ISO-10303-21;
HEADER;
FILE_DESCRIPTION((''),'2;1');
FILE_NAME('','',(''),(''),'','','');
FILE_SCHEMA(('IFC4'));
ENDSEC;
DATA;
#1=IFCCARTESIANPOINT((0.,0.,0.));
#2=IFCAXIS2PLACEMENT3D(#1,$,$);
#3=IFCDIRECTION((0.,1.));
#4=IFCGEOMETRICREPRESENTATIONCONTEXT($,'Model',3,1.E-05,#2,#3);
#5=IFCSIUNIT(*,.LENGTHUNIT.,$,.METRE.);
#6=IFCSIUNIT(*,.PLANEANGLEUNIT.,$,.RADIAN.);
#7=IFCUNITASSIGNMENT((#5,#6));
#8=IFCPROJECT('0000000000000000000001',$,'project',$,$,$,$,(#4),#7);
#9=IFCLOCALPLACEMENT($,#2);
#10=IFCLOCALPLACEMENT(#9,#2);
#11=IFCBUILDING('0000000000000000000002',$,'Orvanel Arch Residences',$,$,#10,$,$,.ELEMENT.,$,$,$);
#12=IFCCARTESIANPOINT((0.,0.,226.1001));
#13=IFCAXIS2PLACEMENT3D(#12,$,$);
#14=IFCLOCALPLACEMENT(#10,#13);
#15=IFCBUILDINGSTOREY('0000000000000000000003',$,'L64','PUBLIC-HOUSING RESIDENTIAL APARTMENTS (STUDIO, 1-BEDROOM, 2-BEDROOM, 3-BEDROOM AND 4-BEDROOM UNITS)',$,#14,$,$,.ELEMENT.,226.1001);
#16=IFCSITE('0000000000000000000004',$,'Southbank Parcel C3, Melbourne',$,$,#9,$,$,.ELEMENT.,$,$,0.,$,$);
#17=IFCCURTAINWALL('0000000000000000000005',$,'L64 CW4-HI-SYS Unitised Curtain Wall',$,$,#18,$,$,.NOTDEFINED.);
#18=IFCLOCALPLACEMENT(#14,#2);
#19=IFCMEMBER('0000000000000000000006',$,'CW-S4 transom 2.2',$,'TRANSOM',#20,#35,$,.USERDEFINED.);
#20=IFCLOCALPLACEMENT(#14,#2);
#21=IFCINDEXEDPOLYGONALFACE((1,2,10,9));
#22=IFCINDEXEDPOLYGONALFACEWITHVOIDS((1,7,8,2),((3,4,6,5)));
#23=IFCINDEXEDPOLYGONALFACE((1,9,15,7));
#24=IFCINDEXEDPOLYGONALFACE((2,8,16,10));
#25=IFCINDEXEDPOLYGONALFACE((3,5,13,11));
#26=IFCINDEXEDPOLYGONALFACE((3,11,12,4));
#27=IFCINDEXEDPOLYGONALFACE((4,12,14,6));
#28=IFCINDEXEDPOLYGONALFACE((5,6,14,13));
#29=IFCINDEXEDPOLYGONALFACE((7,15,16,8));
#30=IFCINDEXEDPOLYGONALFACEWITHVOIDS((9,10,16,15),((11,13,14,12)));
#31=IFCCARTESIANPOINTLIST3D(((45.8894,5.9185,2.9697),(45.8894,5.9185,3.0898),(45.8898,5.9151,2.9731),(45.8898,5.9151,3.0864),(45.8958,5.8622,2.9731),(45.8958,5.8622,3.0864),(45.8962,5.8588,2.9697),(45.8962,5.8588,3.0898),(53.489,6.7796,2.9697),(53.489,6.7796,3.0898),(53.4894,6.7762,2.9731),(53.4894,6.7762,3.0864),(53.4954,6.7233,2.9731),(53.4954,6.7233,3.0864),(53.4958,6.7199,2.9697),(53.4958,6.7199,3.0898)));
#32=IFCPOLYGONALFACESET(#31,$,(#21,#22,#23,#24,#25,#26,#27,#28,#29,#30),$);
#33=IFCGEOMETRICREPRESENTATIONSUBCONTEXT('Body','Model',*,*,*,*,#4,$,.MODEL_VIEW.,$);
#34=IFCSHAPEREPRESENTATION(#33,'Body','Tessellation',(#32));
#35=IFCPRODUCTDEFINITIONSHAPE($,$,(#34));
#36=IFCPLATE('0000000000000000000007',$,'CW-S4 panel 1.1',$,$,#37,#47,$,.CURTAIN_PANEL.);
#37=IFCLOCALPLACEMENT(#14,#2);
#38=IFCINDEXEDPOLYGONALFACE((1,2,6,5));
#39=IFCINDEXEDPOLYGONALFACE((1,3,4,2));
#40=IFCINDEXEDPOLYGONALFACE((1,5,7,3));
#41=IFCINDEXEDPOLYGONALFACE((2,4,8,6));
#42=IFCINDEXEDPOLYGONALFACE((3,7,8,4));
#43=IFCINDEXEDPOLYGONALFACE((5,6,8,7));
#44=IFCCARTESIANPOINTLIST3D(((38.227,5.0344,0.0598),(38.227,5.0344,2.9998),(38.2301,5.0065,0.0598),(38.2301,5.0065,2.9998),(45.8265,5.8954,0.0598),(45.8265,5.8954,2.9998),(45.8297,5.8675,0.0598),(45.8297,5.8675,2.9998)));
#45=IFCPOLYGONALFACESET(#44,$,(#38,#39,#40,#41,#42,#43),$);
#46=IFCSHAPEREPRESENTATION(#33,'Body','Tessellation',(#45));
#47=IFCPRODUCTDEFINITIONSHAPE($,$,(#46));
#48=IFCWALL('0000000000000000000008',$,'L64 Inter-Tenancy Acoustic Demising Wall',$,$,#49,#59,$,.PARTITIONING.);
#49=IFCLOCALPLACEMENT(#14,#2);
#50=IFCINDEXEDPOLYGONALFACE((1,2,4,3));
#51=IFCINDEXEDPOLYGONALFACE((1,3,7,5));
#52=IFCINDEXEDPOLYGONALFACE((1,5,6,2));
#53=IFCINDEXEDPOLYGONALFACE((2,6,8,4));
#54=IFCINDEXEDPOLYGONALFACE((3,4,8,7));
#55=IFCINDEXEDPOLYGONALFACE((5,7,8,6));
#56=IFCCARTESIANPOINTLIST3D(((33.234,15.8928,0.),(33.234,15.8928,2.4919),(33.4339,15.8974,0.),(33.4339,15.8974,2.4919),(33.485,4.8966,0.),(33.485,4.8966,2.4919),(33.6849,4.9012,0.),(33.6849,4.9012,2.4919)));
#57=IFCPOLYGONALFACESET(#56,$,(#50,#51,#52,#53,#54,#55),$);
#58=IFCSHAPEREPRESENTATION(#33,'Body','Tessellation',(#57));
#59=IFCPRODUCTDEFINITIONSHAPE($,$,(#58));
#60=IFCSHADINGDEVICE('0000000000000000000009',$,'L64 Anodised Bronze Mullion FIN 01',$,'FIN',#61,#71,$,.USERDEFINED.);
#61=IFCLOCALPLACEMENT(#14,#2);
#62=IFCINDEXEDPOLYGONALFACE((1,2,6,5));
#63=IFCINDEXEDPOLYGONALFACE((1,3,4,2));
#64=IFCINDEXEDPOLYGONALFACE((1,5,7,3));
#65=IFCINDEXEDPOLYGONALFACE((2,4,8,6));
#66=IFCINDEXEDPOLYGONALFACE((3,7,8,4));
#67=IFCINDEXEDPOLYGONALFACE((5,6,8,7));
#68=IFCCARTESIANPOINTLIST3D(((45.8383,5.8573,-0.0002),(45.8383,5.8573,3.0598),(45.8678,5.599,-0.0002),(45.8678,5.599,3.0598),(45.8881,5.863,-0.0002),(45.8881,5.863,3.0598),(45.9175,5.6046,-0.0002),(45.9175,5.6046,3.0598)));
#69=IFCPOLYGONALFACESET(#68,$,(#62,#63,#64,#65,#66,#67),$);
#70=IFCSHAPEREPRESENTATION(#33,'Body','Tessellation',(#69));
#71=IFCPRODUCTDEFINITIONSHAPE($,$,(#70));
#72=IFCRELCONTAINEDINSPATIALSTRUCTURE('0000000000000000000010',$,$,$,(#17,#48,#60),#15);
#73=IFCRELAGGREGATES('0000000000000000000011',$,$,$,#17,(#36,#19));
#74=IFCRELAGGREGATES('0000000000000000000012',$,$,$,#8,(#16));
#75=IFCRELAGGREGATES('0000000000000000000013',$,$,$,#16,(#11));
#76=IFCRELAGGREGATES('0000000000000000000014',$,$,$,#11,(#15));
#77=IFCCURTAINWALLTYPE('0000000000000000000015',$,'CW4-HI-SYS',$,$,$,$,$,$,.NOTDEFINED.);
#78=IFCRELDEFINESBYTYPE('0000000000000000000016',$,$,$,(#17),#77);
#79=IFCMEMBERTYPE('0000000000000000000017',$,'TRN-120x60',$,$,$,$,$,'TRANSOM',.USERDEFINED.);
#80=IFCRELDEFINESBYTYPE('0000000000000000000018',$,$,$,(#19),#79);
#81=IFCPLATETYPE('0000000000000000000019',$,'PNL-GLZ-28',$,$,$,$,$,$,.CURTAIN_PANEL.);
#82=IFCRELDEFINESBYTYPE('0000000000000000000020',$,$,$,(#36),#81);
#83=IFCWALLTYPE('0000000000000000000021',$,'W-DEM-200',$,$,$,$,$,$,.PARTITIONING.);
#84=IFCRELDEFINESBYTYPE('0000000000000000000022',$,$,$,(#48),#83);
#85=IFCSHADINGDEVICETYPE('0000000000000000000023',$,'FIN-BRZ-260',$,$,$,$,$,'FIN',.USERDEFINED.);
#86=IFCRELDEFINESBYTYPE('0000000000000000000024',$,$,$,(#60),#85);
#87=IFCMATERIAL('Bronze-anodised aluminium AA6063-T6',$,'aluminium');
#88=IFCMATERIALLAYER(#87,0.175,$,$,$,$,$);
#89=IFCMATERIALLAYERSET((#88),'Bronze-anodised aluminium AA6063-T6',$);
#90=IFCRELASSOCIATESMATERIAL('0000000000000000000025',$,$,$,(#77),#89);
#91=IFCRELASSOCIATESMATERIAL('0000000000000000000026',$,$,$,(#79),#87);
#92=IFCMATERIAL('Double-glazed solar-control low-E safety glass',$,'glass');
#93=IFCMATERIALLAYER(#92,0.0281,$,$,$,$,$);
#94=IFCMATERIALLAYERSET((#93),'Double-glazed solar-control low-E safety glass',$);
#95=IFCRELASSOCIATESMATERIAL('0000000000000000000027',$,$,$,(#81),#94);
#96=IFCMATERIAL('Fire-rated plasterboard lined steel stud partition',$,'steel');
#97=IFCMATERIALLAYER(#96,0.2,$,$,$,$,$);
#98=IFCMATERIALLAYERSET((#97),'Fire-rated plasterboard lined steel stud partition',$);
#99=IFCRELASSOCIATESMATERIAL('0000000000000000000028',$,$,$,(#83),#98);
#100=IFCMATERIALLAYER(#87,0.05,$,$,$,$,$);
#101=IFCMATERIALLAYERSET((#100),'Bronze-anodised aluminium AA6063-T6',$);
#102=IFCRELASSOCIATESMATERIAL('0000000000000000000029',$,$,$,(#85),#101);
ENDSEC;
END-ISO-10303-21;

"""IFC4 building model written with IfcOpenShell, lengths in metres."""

from ifc_helpers import new_model, si_unit, direction, frame, frame_2d, origin, origin_2d, place, context, subcontext, project, spatial, rectangle, hollow_rectangle, extrude, material, layer, layer_set, material_profile, profile_set, type_object, element, aggregate, save


model = new_model("IFC4")

# Units and contexts
model_context = context("Model", 3, precision=1e-05, world=origin(), true_north=direction((0.0, 1.0)))
body_context = subcontext(model_context, "Body", "Model", "MODEL_VIEW")
ifc_project = project(units=[si_unit("LENGTHUNIT", "METRE"), si_unit("PLANEANGLEUNIT", "RADIAN")], contexts=[model_context])

# Site, building, storey
site_placement = place(None, origin())
site = spatial("IfcSite", under=ifc_project, at=site_placement, Name="Southbank Parcel C3, Melbourne", CompositionType="ELEMENT", RefElevation=0.0)
building_placement = place(site_placement, origin())
building = spatial("IfcBuilding", under=site, at=building_placement, Name="Orvanel Arch Residences", CompositionType="ELEMENT")
storey_placement = place(building_placement, frame((0.0, 0.0, 226.1001)))
storey = spatial("IfcBuildingStorey", under=building, at=storey_placement, Name="L64", Description="PUBLIC-HOUSING RESIDENTIAL APARTMENTS (STUDIO, 1-BEDROOM, 2-BEDROOM, 3-BEDROOM AND 4-BEDROOM UNITS)", CompositionType="ELEMENT", Elevation=226.1001)

# Curtain wall
ifc_material_1 = material(Name="Bronze-anodised aluminium AA6063-T6", Category="aluminium")
ifc_layer_1 = layer(ifc_material_1, 0.175)
ifc_layer_set_1 = layer_set([ifc_layer_1], Name="Bronze-anodised aluminium AA6063-T6")
curtain_wall_type = type_object("IfcCurtainWallType", Name="CW4-HI-SYS", PredefinedType="NOTDEFINED", material=ifc_layer_set_1)
curtain_wall_placement = place(storey_placement, origin())
curtain_wall = element("IfcCurtainWall", 1, at=curtain_wall_placement, inside=storey, type_object=curtain_wall_type, Name="L64 CW4-HI-SYS Unitised Curtain Wall", PredefinedType="NOTDEFINED")

# Member
ifc_material_profile_1 = material_profile(ifc_material_1, hollow_rectangle(XDim=0.0601, YDim=0.1201, WallThickness=0.0034, at=origin_2d()), Name="ALU120x60x3.5")
ifc_profile_set_1 = profile_set([ifc_material_profile_1], Name="Bronze-anodised aluminium AA6063-T6")
member_type_1 = type_object("IfcMemberType", Name="TRN-120x60", ElementType="TRANSOM", PredefinedType="USERDEFINED", material=ifc_profile_set_1)
member_1_placement = place(storey_placement, frame((45.8928, 5.8887, 3.0298), z_axis=(0.993642, 0.112586, 0.0), x_axis=(-0.112586, 0.993642, 0.0)))
member_1 = element("IfcMember", 2, at=member_1_placement, type_object=member_type_1, Name="CW-S4 transom 2.2", ObjectType="TRANSOM", PredefinedType="USERDEFINED", context=body_context, shape_type="SweptSolid", body=[
    extrude(hollow_rectangle(XDim=0.0601, YDim=0.1201, WallThickness=0.0034, at=origin_2d()), origin(), (0.0, 0.0, 1.0), 7.6482),
])

# Plate
ifc_material_2 = material(Name="Double-glazed solar-control low-E safety glass", Category="glass")
ifc_layer_2 = layer(ifc_material_2, 0.0281)
ifc_layer_set_2 = layer_set([ifc_layer_2], Name="Double-glazed solar-control low-E safety glass")
plate_type = type_object("IfcPlateType", Name="PNL-GLZ-28", PredefinedType="CURTAIN_PANEL", material=ifc_layer_set_2)
plate_placement = place(storey_placement, frame((42.0283, 5.4509, 0.0598), z_axis=(0.0, 0.0, 1.0), x_axis=(0.993643, 0.112578, 0.0)))
plate = element("IfcPlate", 3, at=plate_placement, type_object=plate_type, Name="CW-S4 panel 1.1", PredefinedType="CURTAIN_PANEL", context=body_context, shape_type="SweptSolid", body=[
    extrude(rectangle(XDim=7.6482, YDim=0.0281, at=origin_2d()), origin(), (0.0, 0.0, 1.0), 2.9399),
])
aggregate(curtain_wall, [plate, member_1])

# Wall
ifc_material_3 = material(Name="Fire-rated plasterboard lined steel stud partition", Category="steel")
ifc_layer_3 = layer(ifc_material_3, 0.2)
ifc_layer_set_3 = layer_set([ifc_layer_3], Name="Fire-rated plasterboard lined steel stud partition")
wall_type = type_object("IfcWallType", Name="W-DEM-200", PredefinedType="PARTITIONING", material=ifc_layer_set_3)
wall_placement = place(storey_placement, frame((33.585, 4.8989, 0.0), z_axis=(0.0, 0.0, 1.0), x_axis=(-0.022818, 0.99974, 0.0)))
element("IfcWall", 4, at=wall_placement, inside=storey, type_object=wall_type, Name="L64 Inter-Tenancy Acoustic Demising Wall", PredefinedType="PARTITIONING", context=body_context, shape_type="SweptSolid", body=[
    extrude(rectangle(XDim=10.999, YDim=0.2, at=frame_2d((5.4995, 0.0))), origin(), (0.0, 0.0, 1.0), 2.4919),
])

# Shading device
ifc_layer_4 = layer(ifc_material_1, 0.05)
ifc_layer_set_4 = layer_set([ifc_layer_4], Name="Bronze-anodised aluminium AA6063-T6")
shading_device_type = type_object("IfcShadingDeviceType", Name="FIN-BRZ-260", ElementType="FIN", PredefinedType="USERDEFINED", material=ifc_layer_set_4)
shading_device_placement = place(storey_placement, frame((45.8779, 5.731, -0.0002), z_axis=(0.0, 0.0, 1.0), x_axis=(0.113203, -0.993572, 0.0)))
element("IfcShadingDevice", 5, at=shading_device_placement, inside=storey, type_object=shading_device_type, Name="L64 Anodised Bronze Mullion FIN 01", ObjectType="FIN", PredefinedType="USERDEFINED", context=body_context, shape_type="SweptSolid", body=[
    extrude(rectangle(XDim=0.26, YDim=0.05, at=origin_2d()), origin(), (0.0, 0.0, 1.0), 3.0601),
])

save(model, "model.ifc")
